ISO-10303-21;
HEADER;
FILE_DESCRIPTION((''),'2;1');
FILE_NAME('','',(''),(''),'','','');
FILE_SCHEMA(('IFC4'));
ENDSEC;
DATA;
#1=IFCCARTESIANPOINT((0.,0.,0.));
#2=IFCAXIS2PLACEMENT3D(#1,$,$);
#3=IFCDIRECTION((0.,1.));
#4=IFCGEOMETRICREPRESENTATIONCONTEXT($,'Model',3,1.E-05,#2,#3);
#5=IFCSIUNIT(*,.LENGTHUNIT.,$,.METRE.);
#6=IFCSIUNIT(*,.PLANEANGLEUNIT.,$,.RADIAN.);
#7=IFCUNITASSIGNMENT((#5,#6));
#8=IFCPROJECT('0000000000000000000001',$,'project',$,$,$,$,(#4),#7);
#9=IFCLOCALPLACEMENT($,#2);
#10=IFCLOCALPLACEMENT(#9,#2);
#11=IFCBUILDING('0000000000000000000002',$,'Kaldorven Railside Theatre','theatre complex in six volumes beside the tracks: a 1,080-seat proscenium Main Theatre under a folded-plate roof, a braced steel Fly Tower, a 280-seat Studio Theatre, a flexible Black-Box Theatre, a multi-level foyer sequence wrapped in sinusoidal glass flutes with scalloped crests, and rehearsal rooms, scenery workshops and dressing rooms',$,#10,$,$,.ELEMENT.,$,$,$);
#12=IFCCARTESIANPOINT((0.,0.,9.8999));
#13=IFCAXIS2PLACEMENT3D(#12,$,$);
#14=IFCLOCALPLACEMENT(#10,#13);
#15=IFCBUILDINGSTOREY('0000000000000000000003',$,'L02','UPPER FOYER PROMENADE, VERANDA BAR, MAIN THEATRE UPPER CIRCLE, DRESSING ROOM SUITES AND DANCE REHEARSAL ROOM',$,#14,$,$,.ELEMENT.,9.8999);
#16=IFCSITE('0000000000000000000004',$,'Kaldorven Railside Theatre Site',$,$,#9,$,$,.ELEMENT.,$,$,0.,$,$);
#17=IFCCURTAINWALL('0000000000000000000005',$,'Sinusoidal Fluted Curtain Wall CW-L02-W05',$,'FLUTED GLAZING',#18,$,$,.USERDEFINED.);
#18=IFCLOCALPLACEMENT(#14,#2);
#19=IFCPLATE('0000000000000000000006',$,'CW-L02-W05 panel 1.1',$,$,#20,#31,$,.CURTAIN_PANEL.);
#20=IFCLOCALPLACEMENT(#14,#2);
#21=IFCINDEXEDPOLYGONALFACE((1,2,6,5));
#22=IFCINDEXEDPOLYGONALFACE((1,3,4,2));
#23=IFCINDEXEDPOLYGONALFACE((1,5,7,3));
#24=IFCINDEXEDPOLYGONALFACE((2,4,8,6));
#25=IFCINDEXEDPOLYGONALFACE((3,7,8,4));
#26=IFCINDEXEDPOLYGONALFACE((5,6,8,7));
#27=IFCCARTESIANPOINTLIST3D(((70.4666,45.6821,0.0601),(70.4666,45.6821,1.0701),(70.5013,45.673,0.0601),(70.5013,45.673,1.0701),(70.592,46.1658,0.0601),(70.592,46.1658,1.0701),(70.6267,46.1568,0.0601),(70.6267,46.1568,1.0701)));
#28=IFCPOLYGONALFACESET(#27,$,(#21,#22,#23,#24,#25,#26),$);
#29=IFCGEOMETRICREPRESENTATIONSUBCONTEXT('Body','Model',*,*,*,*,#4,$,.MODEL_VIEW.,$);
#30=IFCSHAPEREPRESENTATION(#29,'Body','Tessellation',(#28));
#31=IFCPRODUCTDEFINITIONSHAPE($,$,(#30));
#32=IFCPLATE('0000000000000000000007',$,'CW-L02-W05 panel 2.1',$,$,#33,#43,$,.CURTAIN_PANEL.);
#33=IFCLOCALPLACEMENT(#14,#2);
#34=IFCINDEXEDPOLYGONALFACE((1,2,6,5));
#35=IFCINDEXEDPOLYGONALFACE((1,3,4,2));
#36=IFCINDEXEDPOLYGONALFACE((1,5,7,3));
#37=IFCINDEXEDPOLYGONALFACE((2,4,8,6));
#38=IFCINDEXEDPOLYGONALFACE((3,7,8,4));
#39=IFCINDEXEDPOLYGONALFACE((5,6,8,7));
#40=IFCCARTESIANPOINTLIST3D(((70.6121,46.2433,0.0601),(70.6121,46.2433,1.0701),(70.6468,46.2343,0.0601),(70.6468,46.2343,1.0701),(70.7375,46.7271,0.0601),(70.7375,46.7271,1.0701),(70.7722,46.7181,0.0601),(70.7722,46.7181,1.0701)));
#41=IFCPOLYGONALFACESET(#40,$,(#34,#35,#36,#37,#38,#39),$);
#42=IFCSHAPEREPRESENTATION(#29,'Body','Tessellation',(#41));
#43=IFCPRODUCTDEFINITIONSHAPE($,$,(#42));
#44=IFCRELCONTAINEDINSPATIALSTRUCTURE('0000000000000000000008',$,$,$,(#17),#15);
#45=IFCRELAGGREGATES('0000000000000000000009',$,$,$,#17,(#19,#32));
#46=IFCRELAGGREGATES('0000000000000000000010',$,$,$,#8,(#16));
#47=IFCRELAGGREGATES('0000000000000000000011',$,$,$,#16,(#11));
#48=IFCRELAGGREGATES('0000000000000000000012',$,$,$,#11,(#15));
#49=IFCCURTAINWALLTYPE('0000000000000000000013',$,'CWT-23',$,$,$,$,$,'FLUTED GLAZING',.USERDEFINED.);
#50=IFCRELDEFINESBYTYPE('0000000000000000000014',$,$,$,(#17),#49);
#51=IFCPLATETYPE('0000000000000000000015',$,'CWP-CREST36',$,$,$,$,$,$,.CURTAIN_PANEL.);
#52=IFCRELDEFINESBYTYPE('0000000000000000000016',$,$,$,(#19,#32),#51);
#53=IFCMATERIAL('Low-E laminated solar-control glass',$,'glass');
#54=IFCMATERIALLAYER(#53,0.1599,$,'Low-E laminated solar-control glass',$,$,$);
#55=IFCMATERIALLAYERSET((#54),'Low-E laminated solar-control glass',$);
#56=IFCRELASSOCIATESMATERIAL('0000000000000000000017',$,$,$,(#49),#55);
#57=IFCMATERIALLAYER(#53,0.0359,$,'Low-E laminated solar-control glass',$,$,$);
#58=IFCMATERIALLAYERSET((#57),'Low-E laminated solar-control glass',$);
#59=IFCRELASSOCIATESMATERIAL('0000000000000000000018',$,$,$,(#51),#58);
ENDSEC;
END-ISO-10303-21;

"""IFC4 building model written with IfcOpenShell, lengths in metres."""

from ifc_helpers import new_model, si_unit, direction, frame, origin, origin_2d, place, context, subcontext, project, spatial, rectangle, extrude, material, layer, layer_set, type_object, element, aggregate, save


model = new_model("IFC4")

# Units and contexts
model_context = context("Model", 3, precision=1e-05, world=origin(), true_north=direction((0.0, 1.0)))
body_context = subcontext(model_context, "Body", "Model", "MODEL_VIEW")
ifc_project = project(units=[si_unit("LENGTHUNIT", "METRE"), si_unit("PLANEANGLEUNIT", "RADIAN")], contexts=[model_context])

# Site, building, storey
site_placement = place(None, origin())
site = spatial("IfcSite", under=ifc_project, at=site_placement, Name="Kaldorven Railside Theatre Site", CompositionType="ELEMENT", RefElevation=0.0)
building_placement = place(site_placement, origin())
building = spatial("IfcBuilding", under=site, at=building_placement, Name="Kaldorven Railside Theatre", Description="theatre complex in six volumes beside the tracks: a 1,080-seat proscenium Main Theatre under a folded-plate roof, a braced steel Fly Tower, a 280-seat Studio Theatre, a flexible Black-Box Theatre, a multi-level foyer sequence wrapped in sinusoidal glass flutes with scalloped crests, and rehearsal rooms, scenery workshops and dressing rooms", CompositionType="ELEMENT")
storey_placement = place(building_placement, frame((0.0, 0.0, 9.8999)))
storey = spatial("IfcBuildingStorey", under=building, at=storey_placement, Name="L02", Description="UPPER FOYER PROMENADE, VERANDA BAR, MAIN THEATRE UPPER CIRCLE, DRESSING ROOM SUITES AND DANCE REHEARSAL ROOM", CompositionType="ELEMENT", Elevation=9.8999)

# Shared definitions
ifc_material_1 = material(Name="Low-E laminated solar-control glass", Category="glass")
ifc_layer_1 = layer(ifc_material_1, 0.1599, Name="Low-E laminated solar-control glass")
ifc_layer_set_1 = layer_set([ifc_layer_1], Name="Low-E laminated solar-control glass")
curtain_wall_type_1 = type_object("IfcCurtainWallType", Name="CWT-23", ElementType="FLUTED GLAZING", PredefinedType="USERDEFINED", material=ifc_layer_set_1)

# Curtain wall
curtain_wall_1_placement = place(storey_placement, origin())
curtain_wall_1 = element("IfcCurtainWall", 1, at=curtain_wall_1_placement, inside=storey, type_object=curtain_wall_type_1, Name="Sinusoidal Fluted Curtain Wall CW-L02-W05", ObjectType="FLUTED GLAZING", PredefinedType="USERDEFINED")

# Plates
ifc_layer_2 = layer(ifc_material_1, 0.0359, Name="Low-E laminated solar-control glass")
ifc_layer_set_2 = layer_set([ifc_layer_2], Name="Low-E laminated solar-control glass")
plate_type = type_object("IfcPlateType", Name="CWP-CREST36", PredefinedType="CURTAIN_PANEL", material=ifc_layer_set_2)
plate_1_placement = place(storey_placement, frame((70.5466, 45.9194, 0.0601), z_axis=(0.0, 0.0, 1.0), x_axis=(0.250954, 0.967999, 0.0)))
plate_1 = element("IfcPlate", 2, at=plate_1_placement, type_object=plate_type, Name="CW-L02-W05 panel 1.1", PredefinedType="CURTAIN_PANEL", context=body_context, shape_type="SweptSolid", body=[
    extrude(rectangle(XDim=0.4998, YDim=0.0359, at=origin_2d()), origin(), (0.0, 0.0, 1.0), 1.01),
])
plate_2_placement = place(storey_placement, frame((70.6921, 46.4807, 0.0601), z_axis=(0.0, 0.0, 1.0), x_axis=(0.250954, 0.967999, 0.0)))
plate_2 = element("IfcPlate", 3, at=plate_2_placement, type_object=plate_type, Name="CW-L02-W05 panel 2.1", PredefinedType="CURTAIN_PANEL", context=body_context, shape_type="SweptSolid", body=[
    extrude(rectangle(XDim=0.4998, YDim=0.0359, at=origin_2d()), origin(), (0.0, 0.0, 1.0), 1.01),
])
aggregate(curtain_wall_1, [plate_1, plate_2])

save(model, "model.ifc")
